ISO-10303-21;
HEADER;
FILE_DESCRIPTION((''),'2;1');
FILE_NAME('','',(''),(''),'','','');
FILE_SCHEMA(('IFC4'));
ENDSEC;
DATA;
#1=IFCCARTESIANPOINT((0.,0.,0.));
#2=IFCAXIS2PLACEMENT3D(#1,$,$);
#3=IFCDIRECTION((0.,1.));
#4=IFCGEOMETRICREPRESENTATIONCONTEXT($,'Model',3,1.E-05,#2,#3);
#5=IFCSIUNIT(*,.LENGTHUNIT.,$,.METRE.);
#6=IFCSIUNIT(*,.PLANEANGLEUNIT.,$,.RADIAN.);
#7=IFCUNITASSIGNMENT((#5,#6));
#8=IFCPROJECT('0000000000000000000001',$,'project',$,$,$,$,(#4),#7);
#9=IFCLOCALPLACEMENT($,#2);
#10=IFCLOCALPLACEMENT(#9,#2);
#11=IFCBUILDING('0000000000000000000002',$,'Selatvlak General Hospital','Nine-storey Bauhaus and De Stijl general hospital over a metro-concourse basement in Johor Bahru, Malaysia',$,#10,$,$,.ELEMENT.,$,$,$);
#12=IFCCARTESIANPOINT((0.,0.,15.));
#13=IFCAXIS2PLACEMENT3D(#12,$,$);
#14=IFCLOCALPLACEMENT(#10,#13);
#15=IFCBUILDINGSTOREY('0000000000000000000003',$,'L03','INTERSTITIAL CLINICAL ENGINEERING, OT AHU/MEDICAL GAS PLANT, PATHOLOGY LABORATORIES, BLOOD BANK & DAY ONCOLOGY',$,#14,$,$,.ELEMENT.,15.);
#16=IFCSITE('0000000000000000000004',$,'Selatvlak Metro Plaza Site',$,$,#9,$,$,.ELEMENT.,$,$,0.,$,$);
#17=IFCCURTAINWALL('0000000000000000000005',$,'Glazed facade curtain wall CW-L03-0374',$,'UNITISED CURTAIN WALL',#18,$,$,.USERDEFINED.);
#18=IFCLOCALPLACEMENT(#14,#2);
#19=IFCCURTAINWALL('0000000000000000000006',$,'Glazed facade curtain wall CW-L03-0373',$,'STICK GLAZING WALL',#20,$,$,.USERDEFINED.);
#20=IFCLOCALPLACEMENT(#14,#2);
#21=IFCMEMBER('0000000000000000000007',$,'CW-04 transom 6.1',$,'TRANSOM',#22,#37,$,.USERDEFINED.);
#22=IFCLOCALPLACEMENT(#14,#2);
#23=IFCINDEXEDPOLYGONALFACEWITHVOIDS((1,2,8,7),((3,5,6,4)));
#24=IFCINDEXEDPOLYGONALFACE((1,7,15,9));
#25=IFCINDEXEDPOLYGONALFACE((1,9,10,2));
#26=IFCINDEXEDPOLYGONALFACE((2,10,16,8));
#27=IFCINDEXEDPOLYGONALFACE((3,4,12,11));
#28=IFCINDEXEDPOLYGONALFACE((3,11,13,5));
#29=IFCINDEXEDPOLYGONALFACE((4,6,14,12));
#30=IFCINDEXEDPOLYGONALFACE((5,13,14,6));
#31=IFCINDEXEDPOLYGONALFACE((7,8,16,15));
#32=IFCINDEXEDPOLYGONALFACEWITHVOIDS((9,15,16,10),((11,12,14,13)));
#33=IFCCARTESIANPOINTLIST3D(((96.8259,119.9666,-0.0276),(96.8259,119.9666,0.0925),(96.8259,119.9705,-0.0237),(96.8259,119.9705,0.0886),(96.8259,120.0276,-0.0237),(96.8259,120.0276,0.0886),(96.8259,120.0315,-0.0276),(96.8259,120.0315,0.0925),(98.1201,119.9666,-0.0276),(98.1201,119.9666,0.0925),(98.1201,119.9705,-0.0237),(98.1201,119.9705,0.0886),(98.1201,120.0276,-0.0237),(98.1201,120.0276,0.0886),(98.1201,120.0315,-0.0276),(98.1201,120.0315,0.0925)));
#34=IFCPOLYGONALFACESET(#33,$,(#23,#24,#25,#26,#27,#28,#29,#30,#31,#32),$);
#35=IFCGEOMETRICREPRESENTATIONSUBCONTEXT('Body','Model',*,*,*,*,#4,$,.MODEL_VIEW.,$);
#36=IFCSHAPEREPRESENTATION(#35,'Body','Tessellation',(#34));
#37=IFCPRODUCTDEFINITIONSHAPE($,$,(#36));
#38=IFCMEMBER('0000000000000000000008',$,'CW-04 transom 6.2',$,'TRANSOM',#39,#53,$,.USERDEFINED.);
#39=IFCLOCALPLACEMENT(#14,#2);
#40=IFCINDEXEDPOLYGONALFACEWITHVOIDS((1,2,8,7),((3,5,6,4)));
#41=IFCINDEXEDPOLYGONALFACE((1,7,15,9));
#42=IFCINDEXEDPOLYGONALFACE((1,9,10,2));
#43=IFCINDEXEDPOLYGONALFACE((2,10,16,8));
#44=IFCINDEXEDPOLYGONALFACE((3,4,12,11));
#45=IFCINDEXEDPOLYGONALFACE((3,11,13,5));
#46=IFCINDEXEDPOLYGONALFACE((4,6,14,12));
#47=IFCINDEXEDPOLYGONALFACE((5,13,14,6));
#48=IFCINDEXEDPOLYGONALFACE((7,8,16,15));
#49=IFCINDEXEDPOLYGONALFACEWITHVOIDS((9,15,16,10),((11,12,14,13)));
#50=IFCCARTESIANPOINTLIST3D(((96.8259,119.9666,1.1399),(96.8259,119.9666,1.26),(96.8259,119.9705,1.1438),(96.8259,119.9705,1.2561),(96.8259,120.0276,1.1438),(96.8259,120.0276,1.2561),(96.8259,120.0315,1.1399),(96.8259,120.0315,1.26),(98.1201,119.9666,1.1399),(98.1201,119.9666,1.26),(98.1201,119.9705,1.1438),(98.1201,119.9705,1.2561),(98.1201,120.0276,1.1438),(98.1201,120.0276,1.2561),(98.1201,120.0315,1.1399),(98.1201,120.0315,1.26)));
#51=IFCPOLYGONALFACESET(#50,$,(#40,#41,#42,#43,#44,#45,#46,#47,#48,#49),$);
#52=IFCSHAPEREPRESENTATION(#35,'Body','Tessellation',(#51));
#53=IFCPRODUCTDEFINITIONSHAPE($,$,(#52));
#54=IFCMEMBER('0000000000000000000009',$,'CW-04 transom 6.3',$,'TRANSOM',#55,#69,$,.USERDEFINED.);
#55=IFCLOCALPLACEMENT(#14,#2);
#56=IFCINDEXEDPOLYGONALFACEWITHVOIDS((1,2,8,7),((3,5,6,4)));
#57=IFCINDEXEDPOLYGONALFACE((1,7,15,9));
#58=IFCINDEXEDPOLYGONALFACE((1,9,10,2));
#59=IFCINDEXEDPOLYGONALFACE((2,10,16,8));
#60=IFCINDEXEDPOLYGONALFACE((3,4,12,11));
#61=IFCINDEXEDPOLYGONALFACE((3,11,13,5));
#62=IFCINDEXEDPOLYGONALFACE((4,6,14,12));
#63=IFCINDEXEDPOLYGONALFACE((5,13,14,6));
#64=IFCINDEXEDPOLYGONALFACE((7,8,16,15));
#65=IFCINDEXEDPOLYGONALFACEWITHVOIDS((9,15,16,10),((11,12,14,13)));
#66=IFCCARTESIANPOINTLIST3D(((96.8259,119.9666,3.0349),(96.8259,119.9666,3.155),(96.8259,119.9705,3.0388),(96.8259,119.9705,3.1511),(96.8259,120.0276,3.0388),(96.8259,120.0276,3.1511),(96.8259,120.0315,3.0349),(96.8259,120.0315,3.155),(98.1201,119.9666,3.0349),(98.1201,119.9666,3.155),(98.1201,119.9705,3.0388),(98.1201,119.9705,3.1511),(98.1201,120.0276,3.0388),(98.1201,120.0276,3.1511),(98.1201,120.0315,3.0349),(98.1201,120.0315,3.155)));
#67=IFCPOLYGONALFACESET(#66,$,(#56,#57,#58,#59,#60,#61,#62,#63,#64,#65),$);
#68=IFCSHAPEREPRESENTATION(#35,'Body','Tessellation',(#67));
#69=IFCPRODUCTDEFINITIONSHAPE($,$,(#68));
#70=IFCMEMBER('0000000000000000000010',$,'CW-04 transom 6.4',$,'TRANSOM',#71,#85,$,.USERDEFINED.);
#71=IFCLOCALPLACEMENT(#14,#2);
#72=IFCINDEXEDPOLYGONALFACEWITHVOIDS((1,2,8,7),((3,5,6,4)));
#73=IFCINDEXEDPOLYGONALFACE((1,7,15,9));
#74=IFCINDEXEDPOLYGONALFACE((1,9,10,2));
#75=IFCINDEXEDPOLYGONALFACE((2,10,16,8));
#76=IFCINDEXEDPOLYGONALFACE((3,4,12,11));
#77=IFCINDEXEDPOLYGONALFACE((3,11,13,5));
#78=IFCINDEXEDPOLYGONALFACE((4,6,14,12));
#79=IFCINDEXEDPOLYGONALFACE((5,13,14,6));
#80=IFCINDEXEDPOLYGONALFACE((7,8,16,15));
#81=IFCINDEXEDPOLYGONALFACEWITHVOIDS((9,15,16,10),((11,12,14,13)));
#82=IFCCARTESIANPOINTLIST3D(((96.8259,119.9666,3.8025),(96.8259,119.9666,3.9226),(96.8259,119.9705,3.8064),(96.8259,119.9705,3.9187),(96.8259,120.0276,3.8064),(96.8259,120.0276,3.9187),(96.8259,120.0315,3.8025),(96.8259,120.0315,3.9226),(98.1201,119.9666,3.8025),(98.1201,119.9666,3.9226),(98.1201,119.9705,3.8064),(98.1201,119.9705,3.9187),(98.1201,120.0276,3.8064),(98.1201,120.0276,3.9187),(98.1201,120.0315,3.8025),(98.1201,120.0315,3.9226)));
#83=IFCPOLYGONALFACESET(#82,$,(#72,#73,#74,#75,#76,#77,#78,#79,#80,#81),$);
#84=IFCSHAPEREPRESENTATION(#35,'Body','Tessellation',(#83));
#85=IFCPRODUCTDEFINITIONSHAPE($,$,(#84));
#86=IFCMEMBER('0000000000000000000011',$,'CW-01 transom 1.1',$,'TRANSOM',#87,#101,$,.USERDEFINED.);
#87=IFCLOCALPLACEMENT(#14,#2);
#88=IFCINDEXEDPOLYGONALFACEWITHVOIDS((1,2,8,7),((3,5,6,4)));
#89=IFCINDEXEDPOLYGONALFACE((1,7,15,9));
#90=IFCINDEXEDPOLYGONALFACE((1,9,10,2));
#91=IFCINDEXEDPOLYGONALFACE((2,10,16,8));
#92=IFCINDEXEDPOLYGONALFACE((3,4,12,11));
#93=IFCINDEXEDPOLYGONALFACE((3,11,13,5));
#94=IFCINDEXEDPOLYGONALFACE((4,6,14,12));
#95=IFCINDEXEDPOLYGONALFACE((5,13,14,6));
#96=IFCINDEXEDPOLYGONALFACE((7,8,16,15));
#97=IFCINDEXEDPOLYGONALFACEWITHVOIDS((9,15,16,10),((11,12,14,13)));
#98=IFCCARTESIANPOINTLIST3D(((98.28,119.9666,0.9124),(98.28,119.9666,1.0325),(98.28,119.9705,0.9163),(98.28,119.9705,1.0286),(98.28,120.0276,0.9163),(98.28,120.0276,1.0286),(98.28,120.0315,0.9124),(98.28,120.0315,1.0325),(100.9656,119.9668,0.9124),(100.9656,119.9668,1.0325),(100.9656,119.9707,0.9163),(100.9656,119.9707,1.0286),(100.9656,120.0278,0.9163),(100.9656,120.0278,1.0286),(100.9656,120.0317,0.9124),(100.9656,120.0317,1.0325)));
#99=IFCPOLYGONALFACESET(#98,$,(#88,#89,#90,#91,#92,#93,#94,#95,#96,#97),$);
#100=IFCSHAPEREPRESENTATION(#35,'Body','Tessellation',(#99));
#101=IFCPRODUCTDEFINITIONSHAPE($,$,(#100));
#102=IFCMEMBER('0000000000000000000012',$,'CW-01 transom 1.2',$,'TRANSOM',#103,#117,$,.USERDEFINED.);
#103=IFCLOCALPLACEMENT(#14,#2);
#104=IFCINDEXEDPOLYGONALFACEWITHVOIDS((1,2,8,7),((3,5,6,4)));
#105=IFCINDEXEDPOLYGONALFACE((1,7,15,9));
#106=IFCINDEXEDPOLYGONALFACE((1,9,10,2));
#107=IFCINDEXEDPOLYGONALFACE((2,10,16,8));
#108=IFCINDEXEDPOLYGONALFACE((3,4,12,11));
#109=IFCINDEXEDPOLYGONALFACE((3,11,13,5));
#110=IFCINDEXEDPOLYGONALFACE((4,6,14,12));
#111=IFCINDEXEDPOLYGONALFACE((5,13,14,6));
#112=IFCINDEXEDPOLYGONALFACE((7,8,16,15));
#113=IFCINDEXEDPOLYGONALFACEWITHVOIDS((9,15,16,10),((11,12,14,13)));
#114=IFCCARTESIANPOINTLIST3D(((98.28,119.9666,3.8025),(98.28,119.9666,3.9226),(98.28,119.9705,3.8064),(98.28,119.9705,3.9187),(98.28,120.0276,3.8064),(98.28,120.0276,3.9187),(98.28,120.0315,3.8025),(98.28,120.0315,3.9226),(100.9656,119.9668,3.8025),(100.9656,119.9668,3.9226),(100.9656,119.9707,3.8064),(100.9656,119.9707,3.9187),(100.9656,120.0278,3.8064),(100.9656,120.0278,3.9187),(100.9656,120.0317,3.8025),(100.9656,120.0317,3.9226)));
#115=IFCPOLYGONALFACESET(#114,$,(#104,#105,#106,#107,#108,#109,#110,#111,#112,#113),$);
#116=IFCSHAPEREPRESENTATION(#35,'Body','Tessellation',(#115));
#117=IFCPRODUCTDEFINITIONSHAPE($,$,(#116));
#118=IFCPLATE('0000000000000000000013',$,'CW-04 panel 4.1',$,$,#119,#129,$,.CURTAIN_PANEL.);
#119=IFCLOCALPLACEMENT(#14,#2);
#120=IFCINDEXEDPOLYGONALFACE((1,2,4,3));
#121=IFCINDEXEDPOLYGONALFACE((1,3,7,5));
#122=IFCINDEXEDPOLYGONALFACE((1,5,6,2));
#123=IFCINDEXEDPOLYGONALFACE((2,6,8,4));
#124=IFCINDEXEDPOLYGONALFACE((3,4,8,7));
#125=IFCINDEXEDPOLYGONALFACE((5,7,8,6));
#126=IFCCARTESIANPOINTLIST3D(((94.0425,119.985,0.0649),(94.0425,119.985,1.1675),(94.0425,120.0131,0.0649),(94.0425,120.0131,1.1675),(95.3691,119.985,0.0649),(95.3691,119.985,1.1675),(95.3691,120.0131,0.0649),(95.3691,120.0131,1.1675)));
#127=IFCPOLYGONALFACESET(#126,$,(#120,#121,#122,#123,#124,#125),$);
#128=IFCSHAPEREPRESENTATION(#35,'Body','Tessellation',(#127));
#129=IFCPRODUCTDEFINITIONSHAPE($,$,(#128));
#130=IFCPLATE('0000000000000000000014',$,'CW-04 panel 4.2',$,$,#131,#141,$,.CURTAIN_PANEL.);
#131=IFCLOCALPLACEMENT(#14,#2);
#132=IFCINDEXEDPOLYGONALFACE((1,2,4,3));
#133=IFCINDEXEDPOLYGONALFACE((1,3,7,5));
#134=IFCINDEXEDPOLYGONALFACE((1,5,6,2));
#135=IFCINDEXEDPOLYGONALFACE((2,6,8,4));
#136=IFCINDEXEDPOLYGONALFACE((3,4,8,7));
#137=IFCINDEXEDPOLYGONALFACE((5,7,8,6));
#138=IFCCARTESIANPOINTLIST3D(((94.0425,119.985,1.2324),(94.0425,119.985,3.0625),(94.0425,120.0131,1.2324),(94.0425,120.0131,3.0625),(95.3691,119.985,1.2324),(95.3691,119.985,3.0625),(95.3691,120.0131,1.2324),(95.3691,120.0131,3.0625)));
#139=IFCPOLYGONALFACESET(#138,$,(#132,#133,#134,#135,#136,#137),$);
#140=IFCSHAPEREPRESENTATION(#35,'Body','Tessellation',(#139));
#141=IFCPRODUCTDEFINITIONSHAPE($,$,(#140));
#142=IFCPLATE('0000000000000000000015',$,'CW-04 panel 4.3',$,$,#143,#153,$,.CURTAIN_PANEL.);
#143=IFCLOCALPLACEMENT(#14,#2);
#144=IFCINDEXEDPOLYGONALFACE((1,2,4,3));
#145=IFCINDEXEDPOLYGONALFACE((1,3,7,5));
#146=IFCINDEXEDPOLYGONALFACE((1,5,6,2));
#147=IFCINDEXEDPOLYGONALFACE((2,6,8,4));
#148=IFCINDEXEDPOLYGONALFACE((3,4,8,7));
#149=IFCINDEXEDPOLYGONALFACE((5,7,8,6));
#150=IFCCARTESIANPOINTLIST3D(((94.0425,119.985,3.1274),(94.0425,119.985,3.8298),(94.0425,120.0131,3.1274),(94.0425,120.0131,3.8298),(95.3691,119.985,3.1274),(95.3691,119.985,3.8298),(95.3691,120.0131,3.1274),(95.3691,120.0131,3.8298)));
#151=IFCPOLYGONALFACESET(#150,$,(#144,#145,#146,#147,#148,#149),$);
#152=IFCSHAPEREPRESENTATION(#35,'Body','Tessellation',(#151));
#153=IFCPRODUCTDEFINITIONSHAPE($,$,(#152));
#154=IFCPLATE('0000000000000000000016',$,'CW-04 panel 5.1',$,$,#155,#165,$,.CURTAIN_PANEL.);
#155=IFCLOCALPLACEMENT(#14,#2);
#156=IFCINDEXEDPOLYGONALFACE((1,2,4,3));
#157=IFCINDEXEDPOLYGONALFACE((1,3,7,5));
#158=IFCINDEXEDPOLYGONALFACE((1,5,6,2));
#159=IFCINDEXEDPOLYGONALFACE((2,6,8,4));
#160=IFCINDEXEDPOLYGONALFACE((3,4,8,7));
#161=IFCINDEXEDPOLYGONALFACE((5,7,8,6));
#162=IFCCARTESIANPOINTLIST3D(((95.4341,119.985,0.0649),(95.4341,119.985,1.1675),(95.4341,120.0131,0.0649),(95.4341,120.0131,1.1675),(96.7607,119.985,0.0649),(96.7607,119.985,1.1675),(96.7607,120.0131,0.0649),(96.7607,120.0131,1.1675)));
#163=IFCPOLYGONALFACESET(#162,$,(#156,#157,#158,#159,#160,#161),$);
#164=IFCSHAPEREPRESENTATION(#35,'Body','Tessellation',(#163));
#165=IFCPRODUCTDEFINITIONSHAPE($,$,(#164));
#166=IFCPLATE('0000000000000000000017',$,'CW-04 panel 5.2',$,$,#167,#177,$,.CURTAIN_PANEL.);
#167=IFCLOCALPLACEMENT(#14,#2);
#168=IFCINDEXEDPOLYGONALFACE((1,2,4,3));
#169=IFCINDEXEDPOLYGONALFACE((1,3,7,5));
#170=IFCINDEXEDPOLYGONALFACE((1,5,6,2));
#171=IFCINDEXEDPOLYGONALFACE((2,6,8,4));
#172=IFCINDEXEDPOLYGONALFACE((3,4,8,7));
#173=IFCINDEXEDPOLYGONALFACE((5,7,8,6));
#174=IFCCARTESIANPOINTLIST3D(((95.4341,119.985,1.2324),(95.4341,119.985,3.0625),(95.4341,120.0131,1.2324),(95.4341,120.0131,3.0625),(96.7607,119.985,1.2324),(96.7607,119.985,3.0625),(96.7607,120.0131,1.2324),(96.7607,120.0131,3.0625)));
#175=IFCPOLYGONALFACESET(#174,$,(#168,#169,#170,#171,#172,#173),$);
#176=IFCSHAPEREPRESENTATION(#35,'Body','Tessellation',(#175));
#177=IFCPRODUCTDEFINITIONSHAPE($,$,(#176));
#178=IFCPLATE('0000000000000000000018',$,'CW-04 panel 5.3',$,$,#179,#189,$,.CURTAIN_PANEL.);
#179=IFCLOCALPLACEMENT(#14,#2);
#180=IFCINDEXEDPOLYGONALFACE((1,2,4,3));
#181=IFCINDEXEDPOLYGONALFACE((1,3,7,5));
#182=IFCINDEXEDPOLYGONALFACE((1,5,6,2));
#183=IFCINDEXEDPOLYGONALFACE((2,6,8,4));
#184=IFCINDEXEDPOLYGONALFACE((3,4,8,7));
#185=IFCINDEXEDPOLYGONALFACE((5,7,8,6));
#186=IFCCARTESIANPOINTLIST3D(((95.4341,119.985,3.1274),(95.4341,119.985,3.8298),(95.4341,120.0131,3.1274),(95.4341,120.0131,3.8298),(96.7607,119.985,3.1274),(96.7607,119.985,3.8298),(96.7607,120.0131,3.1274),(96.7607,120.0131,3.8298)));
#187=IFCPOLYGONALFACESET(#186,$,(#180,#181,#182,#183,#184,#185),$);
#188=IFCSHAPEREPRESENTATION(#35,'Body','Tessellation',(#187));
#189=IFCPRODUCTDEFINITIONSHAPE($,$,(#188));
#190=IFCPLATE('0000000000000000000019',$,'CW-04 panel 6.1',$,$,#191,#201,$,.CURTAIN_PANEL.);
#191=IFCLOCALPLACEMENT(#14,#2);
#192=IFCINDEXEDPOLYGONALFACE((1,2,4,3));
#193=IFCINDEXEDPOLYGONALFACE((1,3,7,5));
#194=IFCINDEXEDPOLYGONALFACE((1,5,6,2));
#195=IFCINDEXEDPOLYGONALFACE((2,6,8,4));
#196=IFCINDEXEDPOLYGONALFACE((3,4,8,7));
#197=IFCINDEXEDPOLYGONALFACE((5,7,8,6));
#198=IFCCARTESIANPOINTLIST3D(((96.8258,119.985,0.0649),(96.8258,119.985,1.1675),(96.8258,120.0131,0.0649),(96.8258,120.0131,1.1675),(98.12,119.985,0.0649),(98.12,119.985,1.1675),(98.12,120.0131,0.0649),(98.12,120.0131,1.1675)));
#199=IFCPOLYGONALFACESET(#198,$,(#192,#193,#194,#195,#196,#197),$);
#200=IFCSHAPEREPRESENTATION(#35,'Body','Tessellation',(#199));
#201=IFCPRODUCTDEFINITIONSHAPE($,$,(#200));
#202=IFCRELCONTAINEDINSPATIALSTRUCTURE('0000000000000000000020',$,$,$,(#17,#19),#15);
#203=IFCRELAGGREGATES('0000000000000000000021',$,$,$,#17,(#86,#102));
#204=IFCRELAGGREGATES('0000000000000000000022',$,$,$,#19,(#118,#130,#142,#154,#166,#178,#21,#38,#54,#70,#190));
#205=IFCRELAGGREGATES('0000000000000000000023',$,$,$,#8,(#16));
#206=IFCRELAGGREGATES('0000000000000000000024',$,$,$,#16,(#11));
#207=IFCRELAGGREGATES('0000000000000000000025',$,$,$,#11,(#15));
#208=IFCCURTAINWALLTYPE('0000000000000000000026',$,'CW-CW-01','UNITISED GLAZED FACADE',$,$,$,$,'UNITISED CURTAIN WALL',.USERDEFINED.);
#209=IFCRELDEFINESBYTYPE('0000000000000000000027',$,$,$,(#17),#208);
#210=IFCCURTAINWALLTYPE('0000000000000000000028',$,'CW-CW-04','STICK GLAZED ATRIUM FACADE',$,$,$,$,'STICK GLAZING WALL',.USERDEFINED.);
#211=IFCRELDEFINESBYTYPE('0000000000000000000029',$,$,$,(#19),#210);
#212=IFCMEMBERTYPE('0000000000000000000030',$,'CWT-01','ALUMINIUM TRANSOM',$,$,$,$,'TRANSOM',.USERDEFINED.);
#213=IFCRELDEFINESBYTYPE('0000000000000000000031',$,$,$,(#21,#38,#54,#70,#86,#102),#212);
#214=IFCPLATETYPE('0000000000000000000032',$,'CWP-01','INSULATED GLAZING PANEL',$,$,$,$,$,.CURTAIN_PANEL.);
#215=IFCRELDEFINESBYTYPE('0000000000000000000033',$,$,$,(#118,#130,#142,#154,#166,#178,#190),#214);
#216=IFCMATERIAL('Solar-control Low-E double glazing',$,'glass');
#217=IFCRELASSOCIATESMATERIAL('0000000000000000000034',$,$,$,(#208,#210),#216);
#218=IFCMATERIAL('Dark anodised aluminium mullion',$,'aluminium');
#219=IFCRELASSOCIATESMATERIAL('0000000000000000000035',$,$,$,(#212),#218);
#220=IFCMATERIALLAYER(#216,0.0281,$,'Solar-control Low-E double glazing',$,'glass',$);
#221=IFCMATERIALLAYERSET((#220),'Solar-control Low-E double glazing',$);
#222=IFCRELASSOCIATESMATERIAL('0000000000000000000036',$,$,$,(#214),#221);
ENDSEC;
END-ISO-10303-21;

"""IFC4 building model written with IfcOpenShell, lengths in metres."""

from ifc_helpers import new_model, si_unit, direction, frame, origin, origin_2d, place, context, subcontext, project, spatial, rectangle, hollow_rectangle, extrude, material, layer, layer_set, material_profile, profile_set, type_object, element, aggregate, save


model = new_model("IFC4")

# Units and contexts
model_context = context("Model", 3, precision=1e-05, world=origin(), true_north=direction((0.0, 1.0)))
body_context = subcontext(model_context, "Body", "Model", "MODEL_VIEW")
ifc_project = project(units=[si_unit("LENGTHUNIT", "METRE"), si_unit("PLANEANGLEUNIT", "RADIAN")], contexts=[model_context])

# Site, building, storey
site_placement = place(None, origin())
site = spatial("IfcSite", under=ifc_project, at=site_placement, Name="Selatvlak Metro Plaza Site", CompositionType="ELEMENT", RefElevation=0.0)
building_placement = place(site_placement, origin())
building = spatial("IfcBuilding", under=site, at=building_placement, Name="Selatvlak General Hospital", Description="Nine-storey Bauhaus and De Stijl general hospital over a metro-concourse basement in Johor Bahru, Malaysia", CompositionType="ELEMENT")
storey_placement = place(building_placement, frame((0.0, 0.0, 15.0)))
storey = spatial("IfcBuildingStorey", under=building, at=storey_placement, Name="L03", Description="INTERSTITIAL CLINICAL ENGINEERING, OT AHU/MEDICAL GAS PLANT, PATHOLOGY LABORATORIES, BLOOD BANK & DAY ONCOLOGY", CompositionType="ELEMENT", Elevation=15.0)

# Curtain wall
ifc_material_1 = material(Name="Solar-control Low-E double glazing", Category="glass")
curtain_wall_type_1 = type_object("IfcCurtainWallType", Name="CW-CW-01", Description="UNITISED GLAZED FACADE", ElementType="UNITISED CURTAIN WALL", PredefinedType="USERDEFINED", material=ifc_material_1)
curtain_wall_1_placement = place(storey_placement, origin())
curtain_wall_1 = element("IfcCurtainWall", 1, at=curtain_wall_1_placement, inside=storey, type_object=curtain_wall_type_1, Name="Glazed facade curtain wall CW-L03-0374", ObjectType="UNITISED CURTAIN WALL", PredefinedType="USERDEFINED")
ifc_material_2 = material(Name="Dark anodised aluminium mullion", Category="aluminium")

# Curtain wall, members
curtain_wall_type_2 = type_object("IfcCurtainWallType", Name="CW-CW-04", Description="STICK GLAZED ATRIUM FACADE", ElementType="STICK GLAZING WALL", PredefinedType="USERDEFINED", material=ifc_material_1)
curtain_wall_2_placement = place(storey_placement, origin())
curtain_wall_2 = element("IfcCurtainWall", 2, at=curtain_wall_2_placement, inside=storey, type_object=curtain_wall_type_2, Name="Glazed facade curtain wall CW-L03-0373", ObjectType="STICK GLAZING WALL", PredefinedType="USERDEFINED")
ifc_material_profile_1 = material_profile(ifc_material_2, hollow_rectangle(XDim=0.0649, YDim=0.1201, WallThickness=0.0039, at=origin_2d()), Name="AL-TRN 65x120x4")
ifc_profile_set_1 = profile_set([ifc_material_profile_1], Name="Dark anodised aluminium mullion")
member_type_1 = type_object("IfcMemberType", Name="CWT-01", Description="ALUMINIUM TRANSOM", ElementType="TRANSOM", PredefinedType="USERDEFINED", material=ifc_profile_set_1)
member_1_placement = place(storey_placement, frame((96.8259, 119.999, 0.0325), z_axis=(1.0, 0.0, 0.0), x_axis=(0.0, 1.0, 0.0)))
member_1 = element("IfcMember", 3, at=member_1_placement, type_object=member_type_1, Name="CW-04 transom 6.1", ObjectType="TRANSOM", PredefinedType="USERDEFINED", context=body_context, shape_type="SweptSolid", body=[
    extrude(hollow_rectangle(XDim=0.0649, YDim=0.1201, WallThickness=0.0039, at=origin_2d()), origin(), (0.0, 0.0, 1.0), 1.2942),
])
member_2_placement = place(storey_placement, frame((96.8259, 119.999, 1.2), z_axis=(1.0, 0.0, 0.0), x_axis=(0.0, 1.0, 0.0)))
member_2 = element("IfcMember", 4, at=member_2_placement, type_object=member_type_1, Name="CW-04 transom 6.2", ObjectType="TRANSOM", PredefinedType="USERDEFINED", context=body_context, shape_type="SweptSolid", body=[
    extrude(hollow_rectangle(XDim=0.0649, YDim=0.1201, WallThickness=0.0039, at=origin_2d()), origin(), (0.0, 0.0, 1.0), 1.2942),
])
member_3_placement = place(storey_placement, frame((96.8259, 119.999, 3.095), z_axis=(1.0, 0.0, 0.0), x_axis=(0.0, 1.0, 0.0)))
member_3 = element("IfcMember", 5, at=member_3_placement, type_object=member_type_1, Name="CW-04 transom 6.3", ObjectType="TRANSOM", PredefinedType="USERDEFINED", context=body_context, shape_type="SweptSolid", body=[
    extrude(hollow_rectangle(XDim=0.0649, YDim=0.1201, WallThickness=0.0039, at=origin_2d()), origin(), (0.0, 0.0, 1.0), 1.2942),
])
member_4_placement = place(storey_placement, frame((96.8259, 119.999, 3.8625), z_axis=(1.0, 0.0, 0.0), x_axis=(0.0, 1.0, 0.0)))
member_4 = element("IfcMember", 6, at=member_4_placement, type_object=member_type_1, Name="CW-04 transom 6.4", ObjectType="TRANSOM", PredefinedType="USERDEFINED", context=body_context, shape_type="SweptSolid", body=[
    extrude(hollow_rectangle(XDim=0.0649, YDim=0.1201, WallThickness=0.0039, at=origin_2d()), origin(), (0.0, 0.0, 1.0), 1.2942),
])

# Members
member_5_placement = place(storey_placement, frame((98.28, 119.999, 0.9724), z_axis=(1.0, 0.000091, 0.0), x_axis=(-0.000091, 1.0, 0.0)))
member_5 = element("IfcMember", 7, at=member_5_placement, type_object=member_type_1, Name="CW-01 transom 1.1", ObjectType="TRANSOM", PredefinedType="USERDEFINED", context=body_context, shape_type="SweptSolid", body=[
    extrude(hollow_rectangle(XDim=0.0649, YDim=0.1201, WallThickness=0.0039, at=origin_2d()), origin(), (0.0, 0.0, 1.0), 2.6855),
])
member_6_placement = place(storey_placement, frame((98.28, 119.999, 3.8625), z_axis=(1.0, 0.000091, 0.0), x_axis=(-0.000091, 1.0, 0.0)))
member_6 = element("IfcMember", 8, at=member_6_placement, type_object=member_type_1, Name="CW-01 transom 1.2", ObjectType="TRANSOM", PredefinedType="USERDEFINED", context=body_context, shape_type="SweptSolid", body=[
    extrude(hollow_rectangle(XDim=0.0649, YDim=0.1201, WallThickness=0.0039, at=origin_2d()), origin(), (0.0, 0.0, 1.0), 2.6855),
])
aggregate(curtain_wall_1, [member_5, member_6])

# Plates
ifc_layer_1 = layer(ifc_material_1, 0.0281, Name="Solar-control Low-E double glazing", Category="glass")
ifc_layer_set_1 = layer_set([ifc_layer_1], Name="Solar-control Low-E double glazing")
plate_type = type_object("IfcPlateType", Name="CWP-01", Description="INSULATED GLAZING PANEL", PredefinedType="CURTAIN_PANEL", material=ifc_layer_set_1)
plate_1_placement = place(storey_placement, frame((94.7058, 119.999, 0.0649), z_axis=(0.0, 0.0, 1.0), x_axis=(1.0, 0.0, 0.0)))
plate_1 = element("IfcPlate", 9, at=plate_1_placement, type_object=plate_type, Name="CW-04 panel 4.1", PredefinedType="CURTAIN_PANEL", context=body_context, shape_type="SweptSolid", body=[
    extrude(rectangle(XDim=1.3267, YDim=0.0281, at=origin_2d()), origin(), (0.0, 0.0, 1.0), 1.1025),
])
plate_2_placement = place(storey_placement, frame((94.7058, 119.999, 1.2324), z_axis=(0.0, 0.0, 1.0), x_axis=(1.0, 0.0, 0.0)))
plate_2 = element("IfcPlate", 10, at=plate_2_placement, type_object=plate_type, Name="CW-04 panel 4.2", PredefinedType="CURTAIN_PANEL", context=body_context, shape_type="SweptSolid", body=[
    extrude(rectangle(XDim=1.3267, YDim=0.0281, at=origin_2d()), origin(), (0.0, 0.0, 1.0), 1.8301),
])
plate_3_placement = place(storey_placement, frame((94.7058, 119.999, 3.1274), z_axis=(0.0, 0.0, 1.0), x_axis=(1.0, 0.0, 0.0)))
plate_3 = element("IfcPlate", 11, at=plate_3_placement, type_object=plate_type, Name="CW-04 panel 4.3", PredefinedType="CURTAIN_PANEL", context=body_context, shape_type="SweptSolid", body=[
    extrude(rectangle(XDim=1.3267, YDim=0.0281, at=origin_2d()), origin(), (0.0, 0.0, 1.0), 0.7024),
])
plate_4_placement = place(storey_placement, frame((96.0974, 119.999, 0.0649), z_axis=(0.0, 0.0, 1.0), x_axis=(1.0, 0.0, 0.0)))
plate_4 = element("IfcPlate", 12, at=plate_4_placement, type_object=plate_type, Name="CW-04 panel 5.1", PredefinedType="CURTAIN_PANEL", context=body_context, shape_type="SweptSolid", body=[
    extrude(rectangle(XDim=1.3267, YDim=0.0281, at=origin_2d()), origin(), (0.0, 0.0, 1.0), 1.1025),
])
plate_5_placement = place(storey_placement, frame((96.0974, 119.999, 1.2324), z_axis=(0.0, 0.0, 1.0), x_axis=(1.0, 0.0, 0.0)))
plate_5 = element("IfcPlate", 13, at=plate_5_placement, type_object=plate_type, Name="CW-04 panel 5.2", PredefinedType="CURTAIN_PANEL", context=body_context, shape_type="SweptSolid", body=[
    extrude(rectangle(XDim=1.3267, YDim=0.0281, at=origin_2d()), origin(), (0.0, 0.0, 1.0), 1.8301),
])
plate_6_placement = place(storey_placement, frame((96.0974, 119.999, 3.1274), z_axis=(0.0, 0.0, 1.0), x_axis=(1.0, 0.0, 0.0)))
plate_6 = element("IfcPlate", 14, at=plate_6_placement, type_object=plate_type, Name="CW-04 panel 5.3", PredefinedType="CURTAIN_PANEL", context=body_context, shape_type="SweptSolid", body=[
    extrude(rectangle(XDim=1.3267, YDim=0.0281, at=origin_2d()), origin(), (0.0, 0.0, 1.0), 0.7024),
])
plate_7_placement = place(storey_placement, frame((97.4729, 119.999, 0.0649), z_axis=(0.0, 0.0, 1.0), x_axis=(1.0, 0.0, 0.0)))
plate_7 = element("IfcPlate", 15, at=plate_7_placement, type_object=plate_type, Name="CW-04 panel 6.1", PredefinedType="CURTAIN_PANEL", context=body_context, shape_type="SweptSolid", body=[
    extrude(rectangle(XDim=1.2942, YDim=0.0281, at=origin_2d()), origin(), (0.0, 0.0, 1.0), 1.1025),
])
aggregate(curtain_wall_2, [plate_1, plate_2, plate_3, plate_4, plate_5, plate_6, member_1, member_2, member_3, member_4, plate_7])

save(model, "model.ifc")
